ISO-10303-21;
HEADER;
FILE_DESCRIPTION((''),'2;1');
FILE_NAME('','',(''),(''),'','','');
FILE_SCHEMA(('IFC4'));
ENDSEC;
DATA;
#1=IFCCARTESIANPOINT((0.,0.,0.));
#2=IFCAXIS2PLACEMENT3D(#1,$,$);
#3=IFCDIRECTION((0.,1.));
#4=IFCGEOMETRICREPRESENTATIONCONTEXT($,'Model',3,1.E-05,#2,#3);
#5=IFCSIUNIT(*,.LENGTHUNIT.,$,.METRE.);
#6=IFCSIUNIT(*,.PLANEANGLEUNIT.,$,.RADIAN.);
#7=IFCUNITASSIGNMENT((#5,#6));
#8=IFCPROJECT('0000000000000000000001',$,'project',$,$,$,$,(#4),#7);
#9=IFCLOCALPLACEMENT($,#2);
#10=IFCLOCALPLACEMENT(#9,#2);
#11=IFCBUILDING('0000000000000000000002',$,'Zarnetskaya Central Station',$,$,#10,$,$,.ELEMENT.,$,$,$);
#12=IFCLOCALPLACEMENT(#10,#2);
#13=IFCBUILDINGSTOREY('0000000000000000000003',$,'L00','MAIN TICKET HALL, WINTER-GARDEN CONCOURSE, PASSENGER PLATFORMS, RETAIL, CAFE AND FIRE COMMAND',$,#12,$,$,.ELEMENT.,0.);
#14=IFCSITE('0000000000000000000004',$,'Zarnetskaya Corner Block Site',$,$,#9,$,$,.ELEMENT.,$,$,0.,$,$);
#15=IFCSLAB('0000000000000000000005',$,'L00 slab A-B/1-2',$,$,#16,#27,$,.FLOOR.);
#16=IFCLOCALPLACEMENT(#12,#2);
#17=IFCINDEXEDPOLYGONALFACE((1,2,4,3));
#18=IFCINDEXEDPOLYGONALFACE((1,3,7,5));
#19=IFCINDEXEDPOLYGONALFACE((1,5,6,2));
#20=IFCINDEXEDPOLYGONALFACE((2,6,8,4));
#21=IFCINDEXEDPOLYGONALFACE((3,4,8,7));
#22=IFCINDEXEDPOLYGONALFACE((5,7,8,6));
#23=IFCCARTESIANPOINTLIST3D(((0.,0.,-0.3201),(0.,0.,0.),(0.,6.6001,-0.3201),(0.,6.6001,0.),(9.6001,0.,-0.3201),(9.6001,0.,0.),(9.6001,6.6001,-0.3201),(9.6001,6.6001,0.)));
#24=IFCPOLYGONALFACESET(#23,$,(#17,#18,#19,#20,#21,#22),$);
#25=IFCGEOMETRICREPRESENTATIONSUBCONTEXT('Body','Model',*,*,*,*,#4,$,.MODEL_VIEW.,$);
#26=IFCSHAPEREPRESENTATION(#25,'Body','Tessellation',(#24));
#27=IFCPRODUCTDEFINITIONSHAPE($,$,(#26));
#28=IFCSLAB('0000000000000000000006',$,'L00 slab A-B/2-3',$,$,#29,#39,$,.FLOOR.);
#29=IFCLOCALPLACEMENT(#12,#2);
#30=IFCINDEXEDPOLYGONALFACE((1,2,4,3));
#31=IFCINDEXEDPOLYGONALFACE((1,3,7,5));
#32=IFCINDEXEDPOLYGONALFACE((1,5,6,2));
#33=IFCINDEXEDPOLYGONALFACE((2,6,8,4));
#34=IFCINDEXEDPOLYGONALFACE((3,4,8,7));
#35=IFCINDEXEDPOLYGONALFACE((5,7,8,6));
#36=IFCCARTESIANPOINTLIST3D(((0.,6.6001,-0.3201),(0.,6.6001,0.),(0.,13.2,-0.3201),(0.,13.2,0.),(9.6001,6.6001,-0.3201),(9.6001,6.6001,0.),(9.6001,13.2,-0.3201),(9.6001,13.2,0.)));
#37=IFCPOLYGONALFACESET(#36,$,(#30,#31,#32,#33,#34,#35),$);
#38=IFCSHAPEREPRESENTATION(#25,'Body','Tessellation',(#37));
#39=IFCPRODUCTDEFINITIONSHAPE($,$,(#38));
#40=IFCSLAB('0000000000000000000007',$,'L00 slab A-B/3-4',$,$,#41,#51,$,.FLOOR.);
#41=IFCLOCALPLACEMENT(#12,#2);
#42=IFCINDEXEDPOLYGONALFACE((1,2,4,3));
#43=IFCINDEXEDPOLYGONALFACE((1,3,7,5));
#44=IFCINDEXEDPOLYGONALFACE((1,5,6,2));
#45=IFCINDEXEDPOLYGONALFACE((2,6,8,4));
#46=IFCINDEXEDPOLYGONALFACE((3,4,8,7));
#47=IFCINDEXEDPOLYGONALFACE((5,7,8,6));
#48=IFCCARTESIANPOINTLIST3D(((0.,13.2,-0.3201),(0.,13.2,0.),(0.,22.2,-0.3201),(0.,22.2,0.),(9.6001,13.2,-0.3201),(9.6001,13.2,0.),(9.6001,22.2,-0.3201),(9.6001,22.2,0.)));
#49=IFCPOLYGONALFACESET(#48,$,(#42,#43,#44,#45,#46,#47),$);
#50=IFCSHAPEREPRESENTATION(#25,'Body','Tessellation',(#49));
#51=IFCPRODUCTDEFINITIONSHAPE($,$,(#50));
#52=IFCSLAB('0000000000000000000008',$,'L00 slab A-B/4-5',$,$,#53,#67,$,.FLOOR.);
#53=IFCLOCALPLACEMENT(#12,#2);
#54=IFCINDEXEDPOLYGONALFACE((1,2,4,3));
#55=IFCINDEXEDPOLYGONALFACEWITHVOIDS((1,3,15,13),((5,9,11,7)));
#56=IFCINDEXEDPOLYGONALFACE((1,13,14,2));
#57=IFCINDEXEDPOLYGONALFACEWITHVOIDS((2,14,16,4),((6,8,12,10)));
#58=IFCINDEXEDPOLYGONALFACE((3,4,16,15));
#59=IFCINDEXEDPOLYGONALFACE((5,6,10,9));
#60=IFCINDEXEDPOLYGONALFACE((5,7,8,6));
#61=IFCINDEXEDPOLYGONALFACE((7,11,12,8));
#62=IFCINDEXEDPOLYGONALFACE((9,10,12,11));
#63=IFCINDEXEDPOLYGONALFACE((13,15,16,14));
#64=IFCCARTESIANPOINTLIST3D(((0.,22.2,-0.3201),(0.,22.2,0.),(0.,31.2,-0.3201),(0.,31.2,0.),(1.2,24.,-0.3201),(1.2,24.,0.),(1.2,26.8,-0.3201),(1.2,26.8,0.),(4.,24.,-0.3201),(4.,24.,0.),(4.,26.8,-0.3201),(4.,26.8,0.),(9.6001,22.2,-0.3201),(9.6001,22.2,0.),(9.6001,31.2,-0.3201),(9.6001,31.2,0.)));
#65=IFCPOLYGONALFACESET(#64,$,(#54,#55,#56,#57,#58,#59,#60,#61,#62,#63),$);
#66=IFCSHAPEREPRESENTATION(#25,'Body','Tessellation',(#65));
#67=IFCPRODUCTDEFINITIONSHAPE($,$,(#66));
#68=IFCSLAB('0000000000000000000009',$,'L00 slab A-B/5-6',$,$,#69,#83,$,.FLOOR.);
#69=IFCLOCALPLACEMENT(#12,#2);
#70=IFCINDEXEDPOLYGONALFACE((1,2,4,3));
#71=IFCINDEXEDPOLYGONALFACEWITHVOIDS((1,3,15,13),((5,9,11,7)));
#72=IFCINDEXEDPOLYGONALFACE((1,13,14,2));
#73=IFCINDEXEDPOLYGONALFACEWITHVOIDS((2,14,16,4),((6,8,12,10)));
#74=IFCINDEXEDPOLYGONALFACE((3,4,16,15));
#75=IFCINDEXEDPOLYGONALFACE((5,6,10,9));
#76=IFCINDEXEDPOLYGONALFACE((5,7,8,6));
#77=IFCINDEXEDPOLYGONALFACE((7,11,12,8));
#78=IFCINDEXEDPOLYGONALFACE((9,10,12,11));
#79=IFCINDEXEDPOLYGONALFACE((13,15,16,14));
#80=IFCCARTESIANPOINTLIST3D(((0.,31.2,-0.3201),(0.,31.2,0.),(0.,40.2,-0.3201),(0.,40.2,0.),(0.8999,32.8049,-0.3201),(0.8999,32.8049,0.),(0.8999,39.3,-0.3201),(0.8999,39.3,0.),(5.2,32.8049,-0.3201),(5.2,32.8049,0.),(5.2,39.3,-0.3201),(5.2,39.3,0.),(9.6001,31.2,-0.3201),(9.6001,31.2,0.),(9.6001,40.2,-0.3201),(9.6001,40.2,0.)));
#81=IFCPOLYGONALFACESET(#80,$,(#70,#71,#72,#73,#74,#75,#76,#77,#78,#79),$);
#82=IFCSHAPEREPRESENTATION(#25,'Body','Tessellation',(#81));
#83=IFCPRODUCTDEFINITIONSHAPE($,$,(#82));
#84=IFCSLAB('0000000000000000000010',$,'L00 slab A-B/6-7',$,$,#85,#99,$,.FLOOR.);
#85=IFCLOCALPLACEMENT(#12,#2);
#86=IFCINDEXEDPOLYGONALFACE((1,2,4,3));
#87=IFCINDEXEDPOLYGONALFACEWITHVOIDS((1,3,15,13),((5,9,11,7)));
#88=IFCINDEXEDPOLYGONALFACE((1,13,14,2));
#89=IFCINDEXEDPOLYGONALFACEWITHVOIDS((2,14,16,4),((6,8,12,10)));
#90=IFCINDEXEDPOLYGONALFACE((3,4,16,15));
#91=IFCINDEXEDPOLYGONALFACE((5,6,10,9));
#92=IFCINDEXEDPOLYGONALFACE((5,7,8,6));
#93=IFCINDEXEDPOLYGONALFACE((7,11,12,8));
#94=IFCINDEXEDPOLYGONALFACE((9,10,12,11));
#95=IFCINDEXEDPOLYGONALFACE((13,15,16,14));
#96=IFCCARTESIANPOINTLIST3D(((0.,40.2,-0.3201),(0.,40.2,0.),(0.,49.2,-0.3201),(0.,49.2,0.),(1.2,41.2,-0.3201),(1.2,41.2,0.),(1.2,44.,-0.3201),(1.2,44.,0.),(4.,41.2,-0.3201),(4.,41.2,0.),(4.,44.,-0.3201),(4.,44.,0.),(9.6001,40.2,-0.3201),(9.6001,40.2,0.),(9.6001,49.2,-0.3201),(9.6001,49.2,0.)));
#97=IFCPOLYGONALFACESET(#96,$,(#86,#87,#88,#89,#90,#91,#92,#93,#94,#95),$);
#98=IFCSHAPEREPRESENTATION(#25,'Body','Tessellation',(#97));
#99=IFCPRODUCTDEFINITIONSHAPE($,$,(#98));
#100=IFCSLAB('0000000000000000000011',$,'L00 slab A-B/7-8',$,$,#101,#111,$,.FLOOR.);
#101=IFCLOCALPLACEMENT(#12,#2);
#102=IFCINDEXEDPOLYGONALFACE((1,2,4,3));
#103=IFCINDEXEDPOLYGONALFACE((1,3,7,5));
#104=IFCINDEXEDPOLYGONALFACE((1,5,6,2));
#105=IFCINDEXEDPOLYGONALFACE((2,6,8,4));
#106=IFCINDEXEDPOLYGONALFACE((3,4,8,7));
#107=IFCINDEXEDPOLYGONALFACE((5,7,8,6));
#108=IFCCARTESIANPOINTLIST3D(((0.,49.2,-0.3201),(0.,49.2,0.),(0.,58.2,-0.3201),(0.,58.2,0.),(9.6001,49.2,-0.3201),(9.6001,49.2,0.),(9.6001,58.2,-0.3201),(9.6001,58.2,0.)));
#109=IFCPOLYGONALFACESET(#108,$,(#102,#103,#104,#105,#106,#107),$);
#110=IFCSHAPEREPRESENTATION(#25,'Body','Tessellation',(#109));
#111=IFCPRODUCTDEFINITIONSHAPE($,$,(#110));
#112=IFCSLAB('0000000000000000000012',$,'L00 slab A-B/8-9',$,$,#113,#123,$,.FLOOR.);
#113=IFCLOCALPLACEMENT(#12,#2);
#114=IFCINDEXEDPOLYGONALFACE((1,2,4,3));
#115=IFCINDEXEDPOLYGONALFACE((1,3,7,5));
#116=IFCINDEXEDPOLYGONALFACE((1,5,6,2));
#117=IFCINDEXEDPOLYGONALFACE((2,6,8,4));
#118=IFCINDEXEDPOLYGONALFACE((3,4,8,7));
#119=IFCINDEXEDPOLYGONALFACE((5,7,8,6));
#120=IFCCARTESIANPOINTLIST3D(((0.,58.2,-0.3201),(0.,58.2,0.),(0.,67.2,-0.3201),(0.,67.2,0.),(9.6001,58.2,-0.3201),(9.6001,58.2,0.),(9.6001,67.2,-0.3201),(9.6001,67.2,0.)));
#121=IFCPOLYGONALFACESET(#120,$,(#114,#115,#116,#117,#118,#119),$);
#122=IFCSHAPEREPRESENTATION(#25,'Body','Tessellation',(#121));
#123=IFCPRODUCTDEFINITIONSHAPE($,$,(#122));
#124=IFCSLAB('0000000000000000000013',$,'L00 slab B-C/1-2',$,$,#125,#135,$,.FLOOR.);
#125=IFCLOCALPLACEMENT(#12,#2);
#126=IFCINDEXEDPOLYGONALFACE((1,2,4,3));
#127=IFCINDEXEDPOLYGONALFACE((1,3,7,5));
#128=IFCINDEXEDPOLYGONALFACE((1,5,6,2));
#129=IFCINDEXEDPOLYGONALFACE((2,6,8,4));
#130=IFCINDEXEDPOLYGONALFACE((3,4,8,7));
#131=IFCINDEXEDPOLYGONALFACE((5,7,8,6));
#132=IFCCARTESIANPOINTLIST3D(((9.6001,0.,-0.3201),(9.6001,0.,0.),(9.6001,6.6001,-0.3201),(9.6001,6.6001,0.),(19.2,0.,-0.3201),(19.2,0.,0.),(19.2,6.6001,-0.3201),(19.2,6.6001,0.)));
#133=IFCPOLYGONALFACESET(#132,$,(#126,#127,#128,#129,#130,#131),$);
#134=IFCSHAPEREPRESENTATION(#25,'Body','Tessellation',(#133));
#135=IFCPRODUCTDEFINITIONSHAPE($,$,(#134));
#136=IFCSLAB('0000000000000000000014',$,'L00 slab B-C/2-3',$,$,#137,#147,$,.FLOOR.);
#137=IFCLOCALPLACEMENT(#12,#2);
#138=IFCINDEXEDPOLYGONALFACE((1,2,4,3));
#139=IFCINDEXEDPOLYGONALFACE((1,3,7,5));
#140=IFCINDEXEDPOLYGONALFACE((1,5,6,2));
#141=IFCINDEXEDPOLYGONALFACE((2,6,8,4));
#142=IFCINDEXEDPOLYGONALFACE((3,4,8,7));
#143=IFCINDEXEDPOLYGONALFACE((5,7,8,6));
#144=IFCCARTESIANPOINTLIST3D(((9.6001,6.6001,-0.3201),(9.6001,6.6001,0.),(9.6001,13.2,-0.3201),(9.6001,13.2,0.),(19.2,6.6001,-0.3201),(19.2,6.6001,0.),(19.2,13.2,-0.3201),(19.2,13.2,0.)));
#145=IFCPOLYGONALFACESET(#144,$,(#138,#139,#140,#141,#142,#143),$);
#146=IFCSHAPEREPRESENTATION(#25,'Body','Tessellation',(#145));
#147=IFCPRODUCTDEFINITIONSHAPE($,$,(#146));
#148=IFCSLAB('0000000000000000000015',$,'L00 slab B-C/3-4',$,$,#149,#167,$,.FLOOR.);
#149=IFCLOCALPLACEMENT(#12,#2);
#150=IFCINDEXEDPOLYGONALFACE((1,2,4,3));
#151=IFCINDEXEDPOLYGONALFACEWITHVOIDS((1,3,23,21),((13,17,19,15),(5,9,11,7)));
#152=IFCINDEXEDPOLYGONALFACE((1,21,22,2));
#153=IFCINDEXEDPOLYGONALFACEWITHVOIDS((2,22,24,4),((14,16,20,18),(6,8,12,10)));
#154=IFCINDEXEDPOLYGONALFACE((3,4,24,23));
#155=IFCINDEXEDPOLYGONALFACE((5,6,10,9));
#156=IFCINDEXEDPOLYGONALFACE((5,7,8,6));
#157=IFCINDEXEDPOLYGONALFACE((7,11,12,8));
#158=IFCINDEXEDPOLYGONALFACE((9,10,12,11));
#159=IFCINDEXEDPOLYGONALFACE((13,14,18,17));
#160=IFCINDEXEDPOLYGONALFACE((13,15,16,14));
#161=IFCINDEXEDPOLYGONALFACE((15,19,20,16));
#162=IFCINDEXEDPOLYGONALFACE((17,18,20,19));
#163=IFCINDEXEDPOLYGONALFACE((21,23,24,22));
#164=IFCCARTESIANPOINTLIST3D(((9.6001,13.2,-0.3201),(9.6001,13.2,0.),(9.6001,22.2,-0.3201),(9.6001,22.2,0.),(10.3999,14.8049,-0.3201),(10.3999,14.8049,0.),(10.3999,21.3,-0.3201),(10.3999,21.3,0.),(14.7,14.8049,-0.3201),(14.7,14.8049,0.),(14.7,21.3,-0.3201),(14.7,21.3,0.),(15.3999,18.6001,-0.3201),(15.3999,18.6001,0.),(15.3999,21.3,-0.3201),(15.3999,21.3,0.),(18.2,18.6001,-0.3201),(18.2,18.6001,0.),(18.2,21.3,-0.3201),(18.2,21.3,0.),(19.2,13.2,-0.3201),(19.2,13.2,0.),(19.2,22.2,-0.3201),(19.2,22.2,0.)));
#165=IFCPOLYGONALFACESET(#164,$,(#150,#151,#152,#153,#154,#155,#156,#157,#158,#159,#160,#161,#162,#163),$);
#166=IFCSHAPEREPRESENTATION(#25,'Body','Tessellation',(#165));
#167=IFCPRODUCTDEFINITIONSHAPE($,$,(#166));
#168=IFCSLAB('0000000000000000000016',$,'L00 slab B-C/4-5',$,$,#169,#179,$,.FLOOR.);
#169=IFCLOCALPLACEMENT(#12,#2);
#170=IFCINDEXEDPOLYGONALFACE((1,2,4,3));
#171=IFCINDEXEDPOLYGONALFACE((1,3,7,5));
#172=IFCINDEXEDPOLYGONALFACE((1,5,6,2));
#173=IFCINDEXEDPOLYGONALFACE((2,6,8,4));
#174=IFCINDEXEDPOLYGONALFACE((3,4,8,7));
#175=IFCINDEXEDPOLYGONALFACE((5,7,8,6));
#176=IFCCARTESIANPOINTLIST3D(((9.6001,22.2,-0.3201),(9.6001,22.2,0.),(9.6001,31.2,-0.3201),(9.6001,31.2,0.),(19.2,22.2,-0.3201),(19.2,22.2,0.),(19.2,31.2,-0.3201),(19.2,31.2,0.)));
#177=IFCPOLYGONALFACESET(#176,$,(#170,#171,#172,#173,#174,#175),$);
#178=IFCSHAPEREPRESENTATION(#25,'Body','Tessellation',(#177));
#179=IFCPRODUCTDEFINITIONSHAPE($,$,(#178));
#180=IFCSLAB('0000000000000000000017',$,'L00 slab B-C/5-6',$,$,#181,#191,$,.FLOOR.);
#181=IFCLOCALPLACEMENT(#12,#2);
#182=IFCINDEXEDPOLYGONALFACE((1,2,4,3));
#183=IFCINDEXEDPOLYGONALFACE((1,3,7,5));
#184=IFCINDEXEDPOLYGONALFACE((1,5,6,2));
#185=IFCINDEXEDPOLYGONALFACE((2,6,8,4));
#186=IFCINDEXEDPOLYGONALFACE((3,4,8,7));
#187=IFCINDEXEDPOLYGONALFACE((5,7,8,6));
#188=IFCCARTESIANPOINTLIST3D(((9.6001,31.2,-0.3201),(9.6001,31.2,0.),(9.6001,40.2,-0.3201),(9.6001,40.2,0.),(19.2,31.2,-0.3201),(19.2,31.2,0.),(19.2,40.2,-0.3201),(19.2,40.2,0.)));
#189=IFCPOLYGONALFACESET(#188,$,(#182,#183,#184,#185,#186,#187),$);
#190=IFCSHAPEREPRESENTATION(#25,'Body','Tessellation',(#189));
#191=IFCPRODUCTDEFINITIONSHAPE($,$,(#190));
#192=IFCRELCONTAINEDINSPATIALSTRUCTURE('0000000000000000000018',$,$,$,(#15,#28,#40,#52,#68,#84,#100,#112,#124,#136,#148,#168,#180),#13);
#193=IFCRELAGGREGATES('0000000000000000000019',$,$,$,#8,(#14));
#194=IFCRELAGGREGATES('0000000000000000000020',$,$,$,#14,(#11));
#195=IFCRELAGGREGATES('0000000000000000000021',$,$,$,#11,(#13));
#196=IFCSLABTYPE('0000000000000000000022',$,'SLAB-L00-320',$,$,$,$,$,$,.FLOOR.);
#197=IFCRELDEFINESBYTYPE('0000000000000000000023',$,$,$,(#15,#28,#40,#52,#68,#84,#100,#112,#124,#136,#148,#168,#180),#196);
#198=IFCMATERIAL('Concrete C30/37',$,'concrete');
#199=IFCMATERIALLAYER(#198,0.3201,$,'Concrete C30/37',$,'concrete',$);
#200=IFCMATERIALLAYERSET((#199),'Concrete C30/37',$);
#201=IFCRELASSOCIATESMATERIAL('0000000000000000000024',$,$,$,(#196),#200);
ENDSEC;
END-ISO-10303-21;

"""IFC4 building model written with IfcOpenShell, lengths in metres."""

from ifc_helpers import new_model, si_unit, direction, frame, origin, place, context, subcontext, project, spatial, polyline, outline, extrude, material, layer, layer_set, type_object, element, save


model = new_model("IFC4")

# Units and contexts
model_context = context("Model", 3, precision=1e-05, world=origin(), true_north=direction((0.0, 1.0)))
body_context = subcontext(model_context, "Body", "Model", "MODEL_VIEW")
ifc_project = project(units=[si_unit("LENGTHUNIT", "METRE"), si_unit("PLANEANGLEUNIT", "RADIAN")], contexts=[model_context])

# Site, building, storey
site_placement = place(None, origin())
site = spatial("IfcSite", under=ifc_project, at=site_placement, Name="Zarnetskaya Corner Block Site", CompositionType="ELEMENT", RefElevation=0.0)
building_placement = place(site_placement, origin())
building = spatial("IfcBuilding", under=site, at=building_placement, Name="Zarnetskaya Central Station", CompositionType="ELEMENT")
storey_placement = place(building_placement, origin())
storey = spatial("IfcBuildingStorey", under=building, at=storey_placement, Name="L00", Description="MAIN TICKET HALL, WINTER-GARDEN CONCOURSE, PASSENGER PLATFORMS, RETAIL, CAFE AND FIRE COMMAND", CompositionType="ELEMENT", Elevation=0.0)

# Slabs
ifc_material_1 = material(Name="Concrete C30/37", Category="concrete")
ifc_layer_1 = layer(ifc_material_1, 0.3201, Name="Concrete C30/37", Category="concrete")
ifc_layer_set_1 = layer_set([ifc_layer_1], Name="Concrete C30/37")
slab_type = type_object("IfcSlabType", Name="SLAB-L00-320", PredefinedType="FLOOR", material=ifc_layer_set_1)
slab_1_placement = place(storey_placement, frame((0.0, 0.0, -0.3201)))
element("IfcSlab", 1, at=slab_1_placement, inside=storey, type_object=slab_type, Name="L00 slab A-B/1-2", PredefinedType="FLOOR", context=body_context, shape_type="SweptSolid", body=[
    extrude(outline(polyline([(0.0, 0.0), (9.6001, 0.0), (9.6001, 6.6001), (0.0, 6.6001), (0.0, 0.0)])), origin(), (0.0, 0.0, 1.0), 0.3201),
])
slab_2_placement = place(storey_placement, frame((0.0, 0.0, -0.3201)))
element("IfcSlab", 2, at=slab_2_placement, inside=storey, type_object=slab_type, Name="L00 slab A-B/2-3", PredefinedType="FLOOR", context=body_context, shape_type="SweptSolid", body=[
    extrude(outline(polyline([(0.0, 6.6001), (9.6001, 6.6001), (9.6001, 13.2), (0.0, 13.2), (0.0, 6.6001)])), origin(), (0.0, 0.0, 1.0), 0.3201),
])
slab_3_placement = place(storey_placement, frame((0.0, 0.0, -0.3201)))
element("IfcSlab", 3, at=slab_3_placement, inside=storey, type_object=slab_type, Name="L00 slab A-B/3-4", PredefinedType="FLOOR", context=body_context, shape_type="SweptSolid", body=[
    extrude(outline(polyline([(0.0, 13.2), (9.6001, 13.2), (9.6001, 22.2), (0.0, 22.2), (0.0, 13.2)])), origin(), (0.0, 0.0, 1.0), 0.3201),
])
slab_4_placement = place(storey_placement, frame((0.0, 0.0, -0.3201)))
element("IfcSlab", 4, at=slab_4_placement, inside=storey, type_object=slab_type, Name="L00 slab A-B/4-5", PredefinedType="FLOOR", context=body_context, shape_type="SweptSolid", body=[
    extrude(outline(polyline([(0.0, 22.2), (9.6001, 22.2), (9.6001, 31.2), (0.0, 31.2), (0.0, 22.2)]), holes=[polyline([(1.2, 24.0), (4.0, 24.0), (4.0, 26.8), (1.2, 26.8), (1.2, 24.0)])]), origin(), (0.0, 0.0, 1.0), 0.3201),
])
slab_5_placement = place(storey_placement, frame((0.0, 0.0, -0.3201)))
element("IfcSlab", 5, at=slab_5_placement, inside=storey, type_object=slab_type, Name="L00 slab A-B/5-6", PredefinedType="FLOOR", context=body_context, shape_type="SweptSolid", body=[
    extrude(outline(polyline([(0.0, 31.2), (9.6001, 31.2), (9.6001, 40.2), (0.0, 40.2), (0.0, 31.2)]), holes=[polyline([(0.8999, 32.8049), (5.2, 32.8049), (5.2, 39.3), (0.8999, 39.3), (0.8999, 32.8049)])]), origin(), (0.0, 0.0, 1.0), 0.3201),
])
slab_6_placement = place(storey_placement, frame((0.0, 0.0, -0.3201)))
element("IfcSlab", 6, at=slab_6_placement, inside=storey, type_object=slab_type, Name="L00 slab A-B/6-7", PredefinedType="FLOOR", context=body_context, shape_type="SweptSolid", body=[
    extrude(outline(polyline([(0.0, 40.2), (9.6001, 40.2), (9.6001, 49.2), (0.0, 49.2), (0.0, 40.2)]), holes=[polyline([(1.2, 41.2), (4.0, 41.2), (4.0, 44.0), (1.2, 44.0), (1.2, 41.2)])]), origin(), (0.0, 0.0, 1.0), 0.3201),
])
slab_7_placement = place(storey_placement, frame((0.0, 0.0, -0.3201)))
element("IfcSlab", 7, at=slab_7_placement, inside=storey, type_object=slab_type, Name="L00 slab A-B/7-8", PredefinedType="FLOOR", context=body_context, shape_type="SweptSolid", body=[
    extrude(outline(polyline([(0.0, 49.2), (9.6001, 49.2), (9.6001, 58.2), (0.0, 58.2), (0.0, 49.2)])), origin(), (0.0, 0.0, 1.0), 0.3201),
])
slab_8_placement = place(storey_placement, frame((0.0, 0.0, -0.3201)))
element("IfcSlab", 8, at=slab_8_placement, inside=storey, type_object=slab_type, Name="L00 slab A-B/8-9", PredefinedType="FLOOR", context=body_context, shape_type="SweptSolid", body=[
    extrude(outline(polyline([(0.0, 58.2), (9.6001, 58.2), (9.6001, 67.2), (0.0, 67.2), (0.0, 58.2)])), origin(), (0.0, 0.0, 1.0), 0.3201),
])
slab_9_placement = place(storey_placement, frame((0.0, 0.0, -0.3201)))
element("IfcSlab", 9, at=slab_9_placement, inside=storey, type_object=slab_type, Name="L00 slab B-C/1-2", PredefinedType="FLOOR", context=body_context, shape_type="SweptSolid", body=[
    extrude(outline(polyline([(9.6001, 0.0), (19.2, 0.0), (19.2, 6.6001), (9.6001, 6.6001), (9.6001, 0.0)])), origin(), (0.0, 0.0, 1.0), 0.3201),
])
slab_10_placement = place(storey_placement, frame((0.0, 0.0, -0.3201)))
element("IfcSlab", 10, at=slab_10_placement, inside=storey, type_object=slab_type, Name="L00 slab B-C/2-3", PredefinedType="FLOOR", context=body_context, shape_type="SweptSolid", body=[
    extrude(outline(polyline([(9.6001, 6.6001), (19.2, 6.6001), (19.2, 13.2), (9.6001, 13.2), (9.6001, 6.6001)])), origin(), (0.0, 0.0, 1.0), 0.3201),
])
slab_11_placement = place(storey_placement, frame((0.0, 0.0, -0.3201)))
element("IfcSlab", 11, at=slab_11_placement, inside=storey, type_object=slab_type, Name="L00 slab B-C/3-4", PredefinedType="FLOOR", context=body_context, shape_type="SweptSolid", body=[
    extrude(outline(polyline([(9.6001, 13.2), (19.2, 13.2), (19.2, 22.2), (9.6001, 22.2), (9.6001, 13.2)]), holes=[polyline([(10.3999, 14.8049), (14.7, 14.8049), (14.7, 21.3), (10.3999, 21.3), (10.3999, 14.8049)]), polyline([(15.3999, 18.6001), (18.2, 18.6001), (18.2, 21.3), (15.3999, 21.3), (15.3999, 18.6001)])]), origin(), (0.0, 0.0, 1.0), 0.3201),
])
slab_12_placement = place(storey_placement, frame((0.0, 0.0, -0.3201)))
element("IfcSlab", 12, at=slab_12_placement, inside=storey, type_object=slab_type, Name="L00 slab B-C/4-5", PredefinedType="FLOOR", context=body_context, shape_type="SweptSolid", body=[
    extrude(outline(polyline([(9.6001, 22.2), (19.2, 22.2), (19.2, 31.2), (9.6001, 31.2), (9.6001, 22.2)])), origin(), (0.0, 0.0, 1.0), 0.3201),
])
slab_13_placement = place(storey_placement, frame((0.0, 0.0, -0.3201)))
element("IfcSlab", 13, at=slab_13_placement, inside=storey, type_object=slab_type, Name="L00 slab B-C/5-6", PredefinedType="FLOOR", context=body_context, shape_type="SweptSolid", body=[
    extrude(outline(polyline([(9.6001, 31.2), (19.2, 31.2), (19.2, 40.2), (9.6001, 40.2), (9.6001, 31.2)])), origin(), (0.0, 0.0, 1.0), 0.3201),
])

save(model, "model.ifc")
